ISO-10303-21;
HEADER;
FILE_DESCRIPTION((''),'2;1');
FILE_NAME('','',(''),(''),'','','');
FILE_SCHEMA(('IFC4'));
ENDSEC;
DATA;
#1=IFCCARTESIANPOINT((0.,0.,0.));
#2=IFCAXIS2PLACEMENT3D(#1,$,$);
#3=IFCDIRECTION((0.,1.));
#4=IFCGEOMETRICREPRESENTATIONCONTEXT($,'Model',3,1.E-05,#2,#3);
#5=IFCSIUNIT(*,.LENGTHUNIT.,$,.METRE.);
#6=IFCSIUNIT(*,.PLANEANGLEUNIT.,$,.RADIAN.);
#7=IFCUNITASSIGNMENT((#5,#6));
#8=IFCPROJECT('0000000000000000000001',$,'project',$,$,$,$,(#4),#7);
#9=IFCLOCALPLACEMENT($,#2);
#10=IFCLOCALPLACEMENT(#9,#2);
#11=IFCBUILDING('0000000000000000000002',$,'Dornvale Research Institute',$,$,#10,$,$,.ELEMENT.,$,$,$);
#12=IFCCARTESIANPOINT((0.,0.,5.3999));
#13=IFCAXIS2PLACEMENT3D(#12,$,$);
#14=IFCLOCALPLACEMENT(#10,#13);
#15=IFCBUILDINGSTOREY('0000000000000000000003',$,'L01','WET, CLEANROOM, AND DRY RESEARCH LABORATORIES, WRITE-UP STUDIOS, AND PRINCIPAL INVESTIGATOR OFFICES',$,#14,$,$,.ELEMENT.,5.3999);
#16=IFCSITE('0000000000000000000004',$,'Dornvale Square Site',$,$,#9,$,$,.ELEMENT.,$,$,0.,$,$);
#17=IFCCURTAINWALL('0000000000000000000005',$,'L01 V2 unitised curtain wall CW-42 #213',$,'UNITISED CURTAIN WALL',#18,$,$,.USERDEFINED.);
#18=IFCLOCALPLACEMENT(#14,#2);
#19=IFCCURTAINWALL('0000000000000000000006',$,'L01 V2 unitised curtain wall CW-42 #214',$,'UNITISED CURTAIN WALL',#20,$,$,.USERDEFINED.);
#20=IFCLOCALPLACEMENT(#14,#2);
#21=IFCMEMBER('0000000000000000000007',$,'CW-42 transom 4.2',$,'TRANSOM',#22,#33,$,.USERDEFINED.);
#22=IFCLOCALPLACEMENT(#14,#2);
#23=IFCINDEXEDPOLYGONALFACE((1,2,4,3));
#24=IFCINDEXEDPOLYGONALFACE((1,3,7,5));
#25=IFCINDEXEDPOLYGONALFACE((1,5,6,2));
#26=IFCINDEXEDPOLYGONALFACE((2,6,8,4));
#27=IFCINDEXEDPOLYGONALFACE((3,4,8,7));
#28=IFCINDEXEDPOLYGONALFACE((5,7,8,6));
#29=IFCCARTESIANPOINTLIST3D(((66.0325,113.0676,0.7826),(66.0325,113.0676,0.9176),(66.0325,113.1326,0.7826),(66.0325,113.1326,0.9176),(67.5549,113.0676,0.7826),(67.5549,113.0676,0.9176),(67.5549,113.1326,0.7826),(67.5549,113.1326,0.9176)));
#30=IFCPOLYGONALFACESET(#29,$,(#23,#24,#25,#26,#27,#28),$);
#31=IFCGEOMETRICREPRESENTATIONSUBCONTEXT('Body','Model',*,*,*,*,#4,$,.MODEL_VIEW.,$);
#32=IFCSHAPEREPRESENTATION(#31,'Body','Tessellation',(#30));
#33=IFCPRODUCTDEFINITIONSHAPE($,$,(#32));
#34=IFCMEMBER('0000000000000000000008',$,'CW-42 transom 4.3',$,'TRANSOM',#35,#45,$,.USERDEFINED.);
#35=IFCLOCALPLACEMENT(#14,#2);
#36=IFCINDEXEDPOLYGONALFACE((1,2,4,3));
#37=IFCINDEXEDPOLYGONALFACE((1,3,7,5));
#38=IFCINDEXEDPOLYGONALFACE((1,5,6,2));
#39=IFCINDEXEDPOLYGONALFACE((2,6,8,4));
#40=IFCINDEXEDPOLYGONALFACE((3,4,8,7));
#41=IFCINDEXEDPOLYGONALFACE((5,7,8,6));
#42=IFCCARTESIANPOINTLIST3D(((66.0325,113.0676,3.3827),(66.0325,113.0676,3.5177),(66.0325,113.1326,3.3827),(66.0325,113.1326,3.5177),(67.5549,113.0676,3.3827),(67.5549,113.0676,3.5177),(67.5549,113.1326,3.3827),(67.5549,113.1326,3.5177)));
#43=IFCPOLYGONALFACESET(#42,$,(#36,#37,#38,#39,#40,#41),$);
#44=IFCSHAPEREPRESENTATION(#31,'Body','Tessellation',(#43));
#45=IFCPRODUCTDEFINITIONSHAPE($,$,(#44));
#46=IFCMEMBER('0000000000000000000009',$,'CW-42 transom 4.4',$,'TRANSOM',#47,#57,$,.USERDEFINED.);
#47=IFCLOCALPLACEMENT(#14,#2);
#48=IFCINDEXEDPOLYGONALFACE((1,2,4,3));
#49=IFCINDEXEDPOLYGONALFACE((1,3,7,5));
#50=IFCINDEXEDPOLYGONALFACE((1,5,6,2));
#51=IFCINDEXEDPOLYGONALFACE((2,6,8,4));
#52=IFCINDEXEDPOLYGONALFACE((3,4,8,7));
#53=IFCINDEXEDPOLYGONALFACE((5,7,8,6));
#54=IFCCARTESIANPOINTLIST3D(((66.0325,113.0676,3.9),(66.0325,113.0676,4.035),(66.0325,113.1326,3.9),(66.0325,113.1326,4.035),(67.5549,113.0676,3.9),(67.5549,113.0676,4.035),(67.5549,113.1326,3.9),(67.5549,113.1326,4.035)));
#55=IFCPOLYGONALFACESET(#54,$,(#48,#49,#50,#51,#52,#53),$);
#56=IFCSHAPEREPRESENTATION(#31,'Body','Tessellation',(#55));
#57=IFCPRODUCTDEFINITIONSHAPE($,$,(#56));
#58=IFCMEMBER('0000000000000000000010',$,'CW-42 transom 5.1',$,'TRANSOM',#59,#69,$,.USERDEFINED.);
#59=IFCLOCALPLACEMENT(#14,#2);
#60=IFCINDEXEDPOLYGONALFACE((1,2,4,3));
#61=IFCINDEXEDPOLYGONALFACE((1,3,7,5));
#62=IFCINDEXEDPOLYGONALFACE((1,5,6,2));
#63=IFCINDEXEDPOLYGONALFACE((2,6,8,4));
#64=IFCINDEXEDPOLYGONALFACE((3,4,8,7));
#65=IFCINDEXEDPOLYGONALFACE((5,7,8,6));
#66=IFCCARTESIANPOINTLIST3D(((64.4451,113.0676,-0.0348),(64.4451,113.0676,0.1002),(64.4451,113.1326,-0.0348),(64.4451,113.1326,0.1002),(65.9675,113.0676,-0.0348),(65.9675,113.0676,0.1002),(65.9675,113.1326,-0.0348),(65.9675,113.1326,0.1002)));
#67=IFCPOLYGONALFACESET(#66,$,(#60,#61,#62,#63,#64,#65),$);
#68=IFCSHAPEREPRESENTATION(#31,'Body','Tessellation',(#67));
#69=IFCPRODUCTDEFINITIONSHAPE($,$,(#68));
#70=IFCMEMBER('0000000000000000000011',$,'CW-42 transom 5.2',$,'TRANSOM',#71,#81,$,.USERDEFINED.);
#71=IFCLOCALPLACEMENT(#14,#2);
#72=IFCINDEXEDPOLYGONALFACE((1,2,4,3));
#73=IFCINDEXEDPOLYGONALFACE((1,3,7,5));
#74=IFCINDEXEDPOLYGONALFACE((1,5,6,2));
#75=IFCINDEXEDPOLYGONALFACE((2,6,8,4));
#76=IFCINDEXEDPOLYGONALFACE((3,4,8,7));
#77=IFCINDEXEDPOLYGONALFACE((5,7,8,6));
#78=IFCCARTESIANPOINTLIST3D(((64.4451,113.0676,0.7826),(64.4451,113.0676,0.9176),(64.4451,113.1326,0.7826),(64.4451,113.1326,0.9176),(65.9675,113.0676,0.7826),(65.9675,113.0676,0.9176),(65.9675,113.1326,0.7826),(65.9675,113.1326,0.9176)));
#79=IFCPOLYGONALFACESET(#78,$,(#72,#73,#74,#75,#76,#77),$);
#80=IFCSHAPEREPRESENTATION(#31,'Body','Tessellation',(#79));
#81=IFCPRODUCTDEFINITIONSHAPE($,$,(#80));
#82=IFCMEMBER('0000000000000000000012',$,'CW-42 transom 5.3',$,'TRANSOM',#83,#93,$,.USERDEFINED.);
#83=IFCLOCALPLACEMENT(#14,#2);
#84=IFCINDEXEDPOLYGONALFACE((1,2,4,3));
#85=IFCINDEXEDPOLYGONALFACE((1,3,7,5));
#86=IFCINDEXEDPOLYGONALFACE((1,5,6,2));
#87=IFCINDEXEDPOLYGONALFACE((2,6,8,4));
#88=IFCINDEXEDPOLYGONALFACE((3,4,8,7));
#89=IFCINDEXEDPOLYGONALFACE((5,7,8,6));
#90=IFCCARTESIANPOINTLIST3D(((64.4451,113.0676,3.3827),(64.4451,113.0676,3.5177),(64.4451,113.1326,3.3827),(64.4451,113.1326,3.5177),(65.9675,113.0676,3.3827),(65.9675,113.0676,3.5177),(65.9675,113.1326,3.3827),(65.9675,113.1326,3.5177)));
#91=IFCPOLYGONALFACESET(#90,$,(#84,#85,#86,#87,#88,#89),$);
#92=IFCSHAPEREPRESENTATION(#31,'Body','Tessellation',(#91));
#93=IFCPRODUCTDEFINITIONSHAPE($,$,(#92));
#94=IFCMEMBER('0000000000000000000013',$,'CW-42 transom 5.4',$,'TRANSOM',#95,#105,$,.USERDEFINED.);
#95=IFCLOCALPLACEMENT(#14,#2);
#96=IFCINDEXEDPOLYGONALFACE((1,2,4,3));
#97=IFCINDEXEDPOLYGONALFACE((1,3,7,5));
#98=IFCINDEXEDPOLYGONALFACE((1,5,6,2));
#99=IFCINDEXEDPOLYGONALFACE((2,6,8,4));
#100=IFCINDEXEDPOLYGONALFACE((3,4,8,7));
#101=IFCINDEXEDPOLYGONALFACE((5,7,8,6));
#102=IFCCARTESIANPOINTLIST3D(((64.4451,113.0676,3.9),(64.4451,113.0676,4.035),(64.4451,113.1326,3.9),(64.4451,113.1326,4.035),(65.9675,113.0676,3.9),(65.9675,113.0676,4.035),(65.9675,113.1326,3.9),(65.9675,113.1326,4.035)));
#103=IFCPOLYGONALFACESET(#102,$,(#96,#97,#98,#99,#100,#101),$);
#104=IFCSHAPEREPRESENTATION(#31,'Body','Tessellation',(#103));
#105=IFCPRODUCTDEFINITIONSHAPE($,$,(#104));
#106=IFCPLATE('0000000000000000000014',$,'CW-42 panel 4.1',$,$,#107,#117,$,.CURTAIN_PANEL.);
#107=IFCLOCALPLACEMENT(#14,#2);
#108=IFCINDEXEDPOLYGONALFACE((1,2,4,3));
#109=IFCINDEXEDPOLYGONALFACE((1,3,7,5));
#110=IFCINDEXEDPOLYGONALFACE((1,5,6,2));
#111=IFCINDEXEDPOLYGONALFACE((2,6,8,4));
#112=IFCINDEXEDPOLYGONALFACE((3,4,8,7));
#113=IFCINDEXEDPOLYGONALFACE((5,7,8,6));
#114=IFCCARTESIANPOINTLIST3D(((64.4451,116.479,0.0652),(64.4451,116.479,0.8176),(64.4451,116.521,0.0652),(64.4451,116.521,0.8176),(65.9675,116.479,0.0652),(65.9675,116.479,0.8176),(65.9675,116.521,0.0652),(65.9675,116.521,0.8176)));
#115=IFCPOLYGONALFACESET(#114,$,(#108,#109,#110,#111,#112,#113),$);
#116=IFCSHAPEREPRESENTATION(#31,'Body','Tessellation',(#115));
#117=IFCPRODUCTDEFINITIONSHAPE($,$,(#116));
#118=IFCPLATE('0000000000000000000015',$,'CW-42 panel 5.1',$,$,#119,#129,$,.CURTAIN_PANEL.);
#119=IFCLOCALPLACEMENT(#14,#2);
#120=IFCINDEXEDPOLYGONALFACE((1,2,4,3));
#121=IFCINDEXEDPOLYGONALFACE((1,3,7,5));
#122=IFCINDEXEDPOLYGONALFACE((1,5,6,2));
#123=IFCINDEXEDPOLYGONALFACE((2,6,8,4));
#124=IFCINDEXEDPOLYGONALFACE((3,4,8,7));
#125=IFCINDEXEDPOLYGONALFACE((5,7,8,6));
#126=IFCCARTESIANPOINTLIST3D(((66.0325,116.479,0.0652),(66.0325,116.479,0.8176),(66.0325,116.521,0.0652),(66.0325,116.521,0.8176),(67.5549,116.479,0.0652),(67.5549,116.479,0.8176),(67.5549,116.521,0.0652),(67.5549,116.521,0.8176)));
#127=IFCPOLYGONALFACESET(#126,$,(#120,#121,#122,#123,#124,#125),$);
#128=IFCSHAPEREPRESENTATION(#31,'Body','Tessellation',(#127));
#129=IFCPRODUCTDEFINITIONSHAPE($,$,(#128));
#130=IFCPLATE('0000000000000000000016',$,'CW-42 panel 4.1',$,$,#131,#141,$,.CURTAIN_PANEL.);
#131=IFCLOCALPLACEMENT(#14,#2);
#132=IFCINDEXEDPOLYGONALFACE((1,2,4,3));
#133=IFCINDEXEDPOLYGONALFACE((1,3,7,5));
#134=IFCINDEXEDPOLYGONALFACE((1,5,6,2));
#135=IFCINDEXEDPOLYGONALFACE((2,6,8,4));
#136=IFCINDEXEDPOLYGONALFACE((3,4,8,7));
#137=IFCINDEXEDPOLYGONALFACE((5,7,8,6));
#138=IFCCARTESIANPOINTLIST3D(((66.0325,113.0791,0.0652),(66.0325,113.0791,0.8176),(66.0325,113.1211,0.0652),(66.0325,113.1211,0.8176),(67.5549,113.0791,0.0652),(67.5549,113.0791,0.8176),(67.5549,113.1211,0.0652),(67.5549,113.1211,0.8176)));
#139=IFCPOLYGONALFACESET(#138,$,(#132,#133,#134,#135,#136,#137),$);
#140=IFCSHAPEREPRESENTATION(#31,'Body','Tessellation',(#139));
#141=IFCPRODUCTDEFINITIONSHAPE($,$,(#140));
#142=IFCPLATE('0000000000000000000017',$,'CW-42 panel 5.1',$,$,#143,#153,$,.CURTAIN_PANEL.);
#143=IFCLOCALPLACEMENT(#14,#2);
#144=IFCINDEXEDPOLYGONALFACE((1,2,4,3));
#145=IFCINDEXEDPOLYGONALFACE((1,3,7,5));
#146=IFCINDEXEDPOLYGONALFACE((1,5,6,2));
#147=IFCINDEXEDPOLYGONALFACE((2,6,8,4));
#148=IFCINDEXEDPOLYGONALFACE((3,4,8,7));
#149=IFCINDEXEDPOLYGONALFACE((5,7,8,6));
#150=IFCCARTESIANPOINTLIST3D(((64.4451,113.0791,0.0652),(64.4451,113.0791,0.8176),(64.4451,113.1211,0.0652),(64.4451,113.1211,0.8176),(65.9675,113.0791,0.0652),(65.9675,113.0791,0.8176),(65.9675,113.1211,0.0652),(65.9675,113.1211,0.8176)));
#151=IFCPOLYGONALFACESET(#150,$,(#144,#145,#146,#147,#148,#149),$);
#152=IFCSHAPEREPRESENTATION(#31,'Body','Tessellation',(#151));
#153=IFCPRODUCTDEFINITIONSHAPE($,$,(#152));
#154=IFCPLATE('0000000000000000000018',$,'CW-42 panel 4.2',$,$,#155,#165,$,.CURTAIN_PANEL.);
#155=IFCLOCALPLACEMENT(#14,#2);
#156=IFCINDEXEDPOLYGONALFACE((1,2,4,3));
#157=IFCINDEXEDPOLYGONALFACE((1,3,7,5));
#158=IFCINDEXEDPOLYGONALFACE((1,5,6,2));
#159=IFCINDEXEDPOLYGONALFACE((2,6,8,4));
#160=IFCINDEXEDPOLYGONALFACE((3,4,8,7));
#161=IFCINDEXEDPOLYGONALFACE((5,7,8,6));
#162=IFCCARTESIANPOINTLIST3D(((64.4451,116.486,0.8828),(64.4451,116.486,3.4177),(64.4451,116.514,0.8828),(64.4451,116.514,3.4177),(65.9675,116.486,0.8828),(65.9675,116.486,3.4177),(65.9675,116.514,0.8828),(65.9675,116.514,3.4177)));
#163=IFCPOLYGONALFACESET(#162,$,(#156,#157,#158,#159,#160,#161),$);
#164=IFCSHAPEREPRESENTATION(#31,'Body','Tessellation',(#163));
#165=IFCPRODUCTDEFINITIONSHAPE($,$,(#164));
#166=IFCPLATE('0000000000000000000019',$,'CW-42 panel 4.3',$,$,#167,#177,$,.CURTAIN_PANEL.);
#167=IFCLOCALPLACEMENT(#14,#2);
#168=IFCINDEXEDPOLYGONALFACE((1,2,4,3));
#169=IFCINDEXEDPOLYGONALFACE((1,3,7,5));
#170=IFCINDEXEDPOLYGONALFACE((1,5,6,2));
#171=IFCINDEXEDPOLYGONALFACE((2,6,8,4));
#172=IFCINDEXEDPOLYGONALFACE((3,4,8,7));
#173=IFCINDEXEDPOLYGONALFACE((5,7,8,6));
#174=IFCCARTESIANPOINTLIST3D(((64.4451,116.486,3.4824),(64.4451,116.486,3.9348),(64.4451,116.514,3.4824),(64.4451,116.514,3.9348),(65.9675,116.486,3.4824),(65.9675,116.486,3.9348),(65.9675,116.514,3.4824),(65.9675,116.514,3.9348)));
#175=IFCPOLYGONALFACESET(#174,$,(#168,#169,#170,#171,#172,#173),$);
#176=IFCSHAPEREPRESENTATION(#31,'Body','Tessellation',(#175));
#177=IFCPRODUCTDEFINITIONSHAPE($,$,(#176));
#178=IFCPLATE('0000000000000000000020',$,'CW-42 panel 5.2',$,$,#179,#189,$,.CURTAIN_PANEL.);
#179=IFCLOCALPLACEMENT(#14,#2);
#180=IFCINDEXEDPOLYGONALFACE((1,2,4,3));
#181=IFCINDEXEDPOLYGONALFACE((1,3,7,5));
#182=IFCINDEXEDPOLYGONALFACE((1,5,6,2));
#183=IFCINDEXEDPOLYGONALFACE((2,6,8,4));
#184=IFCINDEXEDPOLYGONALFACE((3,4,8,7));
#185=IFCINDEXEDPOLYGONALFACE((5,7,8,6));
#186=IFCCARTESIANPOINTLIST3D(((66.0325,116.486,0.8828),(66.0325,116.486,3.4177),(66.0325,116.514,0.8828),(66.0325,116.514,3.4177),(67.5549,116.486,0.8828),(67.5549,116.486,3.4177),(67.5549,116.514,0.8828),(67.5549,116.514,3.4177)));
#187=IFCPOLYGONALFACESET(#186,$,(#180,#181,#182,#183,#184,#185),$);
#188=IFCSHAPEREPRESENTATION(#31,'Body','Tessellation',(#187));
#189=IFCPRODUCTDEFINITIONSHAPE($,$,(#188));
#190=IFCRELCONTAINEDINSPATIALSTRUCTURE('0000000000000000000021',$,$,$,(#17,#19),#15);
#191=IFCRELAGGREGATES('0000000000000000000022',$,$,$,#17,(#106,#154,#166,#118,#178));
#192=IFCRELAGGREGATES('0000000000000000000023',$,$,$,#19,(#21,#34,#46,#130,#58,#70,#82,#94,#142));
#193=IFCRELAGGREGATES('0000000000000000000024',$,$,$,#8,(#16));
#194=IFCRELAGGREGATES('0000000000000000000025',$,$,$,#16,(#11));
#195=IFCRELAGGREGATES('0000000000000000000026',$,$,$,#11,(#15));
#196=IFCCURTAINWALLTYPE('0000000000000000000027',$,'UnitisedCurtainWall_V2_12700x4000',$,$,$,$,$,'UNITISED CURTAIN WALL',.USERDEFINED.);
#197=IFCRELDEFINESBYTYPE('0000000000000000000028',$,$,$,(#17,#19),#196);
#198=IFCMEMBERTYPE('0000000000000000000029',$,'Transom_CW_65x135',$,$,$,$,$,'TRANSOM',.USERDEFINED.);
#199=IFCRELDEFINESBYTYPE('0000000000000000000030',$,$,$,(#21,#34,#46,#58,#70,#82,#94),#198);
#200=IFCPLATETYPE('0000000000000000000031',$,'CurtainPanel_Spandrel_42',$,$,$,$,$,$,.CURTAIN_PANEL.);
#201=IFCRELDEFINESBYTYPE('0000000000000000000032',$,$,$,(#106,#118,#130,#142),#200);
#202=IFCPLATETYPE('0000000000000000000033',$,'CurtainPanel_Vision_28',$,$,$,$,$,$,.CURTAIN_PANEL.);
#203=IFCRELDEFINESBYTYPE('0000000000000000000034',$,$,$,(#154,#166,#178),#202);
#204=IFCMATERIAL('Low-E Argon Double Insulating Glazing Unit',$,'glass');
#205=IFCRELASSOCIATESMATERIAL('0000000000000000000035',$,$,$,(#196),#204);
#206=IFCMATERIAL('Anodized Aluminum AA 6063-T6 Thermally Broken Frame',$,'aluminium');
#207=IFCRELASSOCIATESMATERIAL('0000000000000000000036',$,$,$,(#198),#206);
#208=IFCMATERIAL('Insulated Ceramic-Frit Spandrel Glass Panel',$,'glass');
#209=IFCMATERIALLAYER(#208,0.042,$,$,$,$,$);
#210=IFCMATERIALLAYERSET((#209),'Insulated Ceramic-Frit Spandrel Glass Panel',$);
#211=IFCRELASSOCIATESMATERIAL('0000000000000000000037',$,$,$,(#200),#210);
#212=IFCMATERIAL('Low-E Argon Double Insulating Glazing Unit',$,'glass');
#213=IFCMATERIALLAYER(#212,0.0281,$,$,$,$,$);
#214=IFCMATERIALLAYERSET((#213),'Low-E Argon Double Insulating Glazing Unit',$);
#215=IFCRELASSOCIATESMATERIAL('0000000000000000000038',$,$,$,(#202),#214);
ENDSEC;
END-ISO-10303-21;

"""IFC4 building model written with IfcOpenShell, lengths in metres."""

from ifc_helpers import new_model, si_unit, direction, frame, origin, origin_2d, place, context, subcontext, project, spatial, rectangle, extrude, material, layer, layer_set, material_profile, profile_set, type_object, element, aggregate, save


model = new_model("IFC4")

# Units and contexts
model_context = context("Model", 3, precision=1e-05, world=origin(), true_north=direction((0.0, 1.0)))
body_context = subcontext(model_context, "Body", "Model", "MODEL_VIEW")
ifc_project = project(units=[si_unit("LENGTHUNIT", "METRE"), si_unit("PLANEANGLEUNIT", "RADIAN")], contexts=[model_context])

# Site, building, storey
site_placement = place(None, origin())
site = spatial("IfcSite", under=ifc_project, at=site_placement, Name="Dornvale Square Site", CompositionType="ELEMENT", RefElevation=0.0)
building_placement = place(site_placement, origin())
building = spatial("IfcBuilding", under=site, at=building_placement, Name="Dornvale Research Institute", CompositionType="ELEMENT")
storey_placement = place(building_placement, frame((0.0, 0.0, 5.3999)))
storey = spatial("IfcBuildingStorey", under=building, at=storey_placement, Name="L01", Description="WET, CLEANROOM, AND DRY RESEARCH LABORATORIES, WRITE-UP STUDIOS, AND PRINCIPAL INVESTIGATOR OFFICES", CompositionType="ELEMENT", Elevation=5.3999)

# Curtain walls
ifc_material_1 = material(Name="Low-E Argon Double Insulating Glazing Unit", Category="glass")
curtain_wall_type = type_object("IfcCurtainWallType", Name="UnitisedCurtainWall_V2_12700x4000", ElementType="UNITISED CURTAIN WALL", PredefinedType="USERDEFINED", material=ifc_material_1)
curtain_wall_1_placement = place(storey_placement, origin())
curtain_wall_1 = element("IfcCurtainWall", 1, at=curtain_wall_1_placement, inside=storey, type_object=curtain_wall_type, Name="L01 V2 unitised curtain wall CW-42 #213", ObjectType="UNITISED CURTAIN WALL", PredefinedType="USERDEFINED")
curtain_wall_2_placement = place(storey_placement, origin())
curtain_wall_2 = element("IfcCurtainWall", 2, at=curtain_wall_2_placement, inside=storey, type_object=curtain_wall_type, Name="L01 V2 unitised curtain wall CW-42 #214", ObjectType="UNITISED CURTAIN WALL", PredefinedType="USERDEFINED")

# Members
ifc_material_2 = material(Name="Anodized Aluminum AA 6063-T6 Thermally Broken Frame", Category="aluminium")
ifc_material_profile_1 = material_profile(ifc_material_2, rectangle(XDim=0.0649, YDim=0.135, at=origin_2d()), Name="ALU TRANSOM 65x135")
ifc_profile_set_1 = profile_set([ifc_material_profile_1], Name="Anodized Aluminum AA 6063-T6 Thermally Broken Frame")
member_type_1 = type_object("IfcMemberType", Name="Transom_CW_65x135", ElementType="TRANSOM", PredefinedType="USERDEFINED", material=ifc_profile_set_1)
member_1_placement = place(storey_placement, frame((67.5549, 113.1001, 0.8501), z_axis=(-1.0, 0.0, 0.0), x_axis=(0.0, -1.0, 0.0)))
member_1 = element("IfcMember", 3, at=member_1_placement, type_object=member_type_1, Name="CW-42 transom 4.2", ObjectType="TRANSOM", PredefinedType="USERDEFINED", context=body_context, shape_type="SweptSolid", body=[
    extrude(rectangle(XDim=0.0649, YDim=0.135, at=origin_2d()), origin(), (0.0, 0.0, 1.0), 1.5225),
])
member_2_placement = place(storey_placement, frame((67.5549, 113.1001, 3.4502), z_axis=(-1.0, 0.0, 0.0), x_axis=(0.0, -1.0, 0.0)))
member_2 = element("IfcMember", 4, at=member_2_placement, type_object=member_type_1, Name="CW-42 transom 4.3", ObjectType="TRANSOM", PredefinedType="USERDEFINED", context=body_context, shape_type="SweptSolid", body=[
    extrude(rectangle(XDim=0.0649, YDim=0.135, at=origin_2d()), origin(), (0.0, 0.0, 1.0), 1.5225),
])
member_3_placement = place(storey_placement, frame((67.5549, 113.1001, 3.9675), z_axis=(-1.0, 0.0, 0.0), x_axis=(0.0, -1.0, 0.0)))
member_3 = element("IfcMember", 5, at=member_3_placement, type_object=member_type_1, Name="CW-42 transom 4.4", ObjectType="TRANSOM", PredefinedType="USERDEFINED", context=body_context, shape_type="SweptSolid", body=[
    extrude(rectangle(XDim=0.0649, YDim=0.135, at=origin_2d()), origin(), (0.0, 0.0, 1.0), 1.5225),
])
member_4_placement = place(storey_placement, frame((65.9675, 113.1001, 0.0327), z_axis=(-1.0, 0.0, 0.0), x_axis=(0.0, -1.0, 0.0)))
member_4 = element("IfcMember", 6, at=member_4_placement, type_object=member_type_1, Name="CW-42 transom 5.1", ObjectType="TRANSOM", PredefinedType="USERDEFINED", context=body_context, shape_type="SweptSolid", body=[
    extrude(rectangle(XDim=0.0649, YDim=0.135, at=origin_2d()), origin(), (0.0, 0.0, 1.0), 1.5225),
])
member_5_placement = place(storey_placement, frame((65.9675, 113.1001, 0.8501), z_axis=(-1.0, 0.0, 0.0), x_axis=(0.0, -1.0, 0.0)))
member_5 = element("IfcMember", 7, at=member_5_placement, type_object=member_type_1, Name="CW-42 transom 5.2", ObjectType="TRANSOM", PredefinedType="USERDEFINED", context=body_context, shape_type="SweptSolid", body=[
    extrude(rectangle(XDim=0.0649, YDim=0.135, at=origin_2d()), origin(), (0.0, 0.0, 1.0), 1.5225),
])
member_6_placement = place(storey_placement, frame((65.9675, 113.1001, 3.4502), z_axis=(-1.0, 0.0, 0.0), x_axis=(0.0, -1.0, 0.0)))
member_6 = element("IfcMember", 8, at=member_6_placement, type_object=member_type_1, Name="CW-42 transom 5.3", ObjectType="TRANSOM", PredefinedType="USERDEFINED", context=body_context, shape_type="SweptSolid", body=[
    extrude(rectangle(XDim=0.0649, YDim=0.135, at=origin_2d()), origin(), (0.0, 0.0, 1.0), 1.5225),
])
member_7_placement = place(storey_placement, frame((65.9675, 113.1001, 3.9675), z_axis=(-1.0, 0.0, 0.0), x_axis=(0.0, -1.0, 0.0)))
member_7 = element("IfcMember", 9, at=member_7_placement, type_object=member_type_1, Name="CW-42 transom 5.4", ObjectType="TRANSOM", PredefinedType="USERDEFINED", context=body_context, shape_type="SweptSolid", body=[
    extrude(rectangle(XDim=0.0649, YDim=0.135, at=origin_2d()), origin(), (0.0, 0.0, 1.0), 1.5225),
])

# Plates
ifc_material_3 = material(Name="Insulated Ceramic-Frit Spandrel Glass Panel", Category="glass")
ifc_layer_1 = layer(ifc_material_3, 0.042)
ifc_layer_set_1 = layer_set([ifc_layer_1], Name="Insulated Ceramic-Frit Spandrel Glass Panel")
plate_type_1 = type_object("IfcPlateType", Name="CurtainPanel_Spandrel_42", PredefinedType="CURTAIN_PANEL", material=ifc_layer_set_1)
plate_1_placement = place(storey_placement, frame((65.2063, 116.5, 0.0652), z_axis=(0.0, 0.0, 1.0), x_axis=(1.0, 0.0, 0.0)))
plate_1 = element("IfcPlate", 10, at=plate_1_placement, type_object=plate_type_1, Name="CW-42 panel 4.1", PredefinedType="CURTAIN_PANEL", context=body_context, shape_type="SweptSolid", body=[
    extrude(rectangle(XDim=1.5225, YDim=0.042, at=origin_2d()), origin(), (0.0, 0.0, 1.0), 0.7524),
])
plate_2_placement = place(storey_placement, frame((66.7937, 116.5, 0.0652), z_axis=(0.0, 0.0, 1.0), x_axis=(1.0, 0.0, 0.0)))
plate_2 = element("IfcPlate", 11, at=plate_2_placement, type_object=plate_type_1, Name="CW-42 panel 5.1", PredefinedType="CURTAIN_PANEL", context=body_context, shape_type="SweptSolid", body=[
    extrude(rectangle(XDim=1.5225, YDim=0.042, at=origin_2d()), origin(), (0.0, 0.0, 1.0), 0.7524),
])
plate_3_placement = place(storey_placement, frame((66.7937, 113.1001, 0.0652), z_axis=(0.0, 0.0, 1.0), x_axis=(-1.0, 0.0, 0.0)))
plate_3 = element("IfcPlate", 12, at=plate_3_placement, type_object=plate_type_1, Name="CW-42 panel 4.1", PredefinedType="CURTAIN_PANEL", context=body_context, shape_type="SweptSolid", body=[
    extrude(rectangle(XDim=1.5225, YDim=0.042, at=origin_2d()), origin(), (0.0, 0.0, 1.0), 0.7524),
])
plate_4_placement = place(storey_placement, frame((65.2063, 113.1001, 0.0652), z_axis=(0.0, 0.0, 1.0), x_axis=(-1.0, 0.0, 0.0)))
plate_4 = element("IfcPlate", 13, at=plate_4_placement, type_object=plate_type_1, Name="CW-42 panel 5.1", PredefinedType="CURTAIN_PANEL", context=body_context, shape_type="SweptSolid", body=[
    extrude(rectangle(XDim=1.5225, YDim=0.042, at=origin_2d()), origin(), (0.0, 0.0, 1.0), 0.7524),
])
ifc_material_4 = material(Name="Low-E Argon Double Insulating Glazing Unit", Category="glass")
ifc_layer_2 = layer(ifc_material_4, 0.0281)
ifc_layer_set_2 = layer_set([ifc_layer_2], Name="Low-E Argon Double Insulating Glazing Unit")
plate_type_2 = type_object("IfcPlateType", Name="CurtainPanel_Vision_28", PredefinedType="CURTAIN_PANEL", material=ifc_layer_set_2)
plate_5_placement = place(storey_placement, frame((65.2063, 116.5, 0.8828), z_axis=(0.0, 0.0, 1.0), x_axis=(1.0, 0.0, 0.0)))
plate_5 = element("IfcPlate", 14, at=plate_5_placement, type_object=plate_type_2, Name="CW-42 panel 4.2", PredefinedType="CURTAIN_PANEL", context=body_context, shape_type="SweptSolid", body=[
    extrude(rectangle(XDim=1.5225, YDim=0.0281, at=origin_2d()), origin(), (0.0, 0.0, 1.0), 2.5349),
])
plate_6_placement = place(storey_placement, frame((65.2063, 116.5, 3.4824), z_axis=(0.0, 0.0, 1.0), x_axis=(1.0, 0.0, 0.0)))
plate_6 = element("IfcPlate", 15, at=plate_6_placement, type_object=plate_type_2, Name="CW-42 panel 4.3", PredefinedType="CURTAIN_PANEL", context=body_context, shape_type="SweptSolid", body=[
    extrude(rectangle(XDim=1.5225, YDim=0.0281, at=origin_2d()), origin(), (0.0, 0.0, 1.0), 0.4524),
])
plate_7_placement = place(storey_placement, frame((66.7937, 116.5, 0.8828), z_axis=(0.0, 0.0, 1.0), x_axis=(1.0, 0.0, 0.0)))
plate_7 = element("IfcPlate", 16, at=plate_7_placement, type_object=plate_type_2, Name="CW-42 panel 5.2", PredefinedType="CURTAIN_PANEL", context=body_context, shape_type="SweptSolid", body=[
    extrude(rectangle(XDim=1.5225, YDim=0.0281, at=origin_2d()), origin(), (0.0, 0.0, 1.0), 2.5349),
])
aggregate(curtain_wall_1, [plate_1, plate_5, plate_6, plate_2, plate_7])
aggregate(curtain_wall_2, [member_1, member_2, member_3, plate_3, member_4, member_5, member_6, member_7, plate_4])

save(model, "model.ifc")
